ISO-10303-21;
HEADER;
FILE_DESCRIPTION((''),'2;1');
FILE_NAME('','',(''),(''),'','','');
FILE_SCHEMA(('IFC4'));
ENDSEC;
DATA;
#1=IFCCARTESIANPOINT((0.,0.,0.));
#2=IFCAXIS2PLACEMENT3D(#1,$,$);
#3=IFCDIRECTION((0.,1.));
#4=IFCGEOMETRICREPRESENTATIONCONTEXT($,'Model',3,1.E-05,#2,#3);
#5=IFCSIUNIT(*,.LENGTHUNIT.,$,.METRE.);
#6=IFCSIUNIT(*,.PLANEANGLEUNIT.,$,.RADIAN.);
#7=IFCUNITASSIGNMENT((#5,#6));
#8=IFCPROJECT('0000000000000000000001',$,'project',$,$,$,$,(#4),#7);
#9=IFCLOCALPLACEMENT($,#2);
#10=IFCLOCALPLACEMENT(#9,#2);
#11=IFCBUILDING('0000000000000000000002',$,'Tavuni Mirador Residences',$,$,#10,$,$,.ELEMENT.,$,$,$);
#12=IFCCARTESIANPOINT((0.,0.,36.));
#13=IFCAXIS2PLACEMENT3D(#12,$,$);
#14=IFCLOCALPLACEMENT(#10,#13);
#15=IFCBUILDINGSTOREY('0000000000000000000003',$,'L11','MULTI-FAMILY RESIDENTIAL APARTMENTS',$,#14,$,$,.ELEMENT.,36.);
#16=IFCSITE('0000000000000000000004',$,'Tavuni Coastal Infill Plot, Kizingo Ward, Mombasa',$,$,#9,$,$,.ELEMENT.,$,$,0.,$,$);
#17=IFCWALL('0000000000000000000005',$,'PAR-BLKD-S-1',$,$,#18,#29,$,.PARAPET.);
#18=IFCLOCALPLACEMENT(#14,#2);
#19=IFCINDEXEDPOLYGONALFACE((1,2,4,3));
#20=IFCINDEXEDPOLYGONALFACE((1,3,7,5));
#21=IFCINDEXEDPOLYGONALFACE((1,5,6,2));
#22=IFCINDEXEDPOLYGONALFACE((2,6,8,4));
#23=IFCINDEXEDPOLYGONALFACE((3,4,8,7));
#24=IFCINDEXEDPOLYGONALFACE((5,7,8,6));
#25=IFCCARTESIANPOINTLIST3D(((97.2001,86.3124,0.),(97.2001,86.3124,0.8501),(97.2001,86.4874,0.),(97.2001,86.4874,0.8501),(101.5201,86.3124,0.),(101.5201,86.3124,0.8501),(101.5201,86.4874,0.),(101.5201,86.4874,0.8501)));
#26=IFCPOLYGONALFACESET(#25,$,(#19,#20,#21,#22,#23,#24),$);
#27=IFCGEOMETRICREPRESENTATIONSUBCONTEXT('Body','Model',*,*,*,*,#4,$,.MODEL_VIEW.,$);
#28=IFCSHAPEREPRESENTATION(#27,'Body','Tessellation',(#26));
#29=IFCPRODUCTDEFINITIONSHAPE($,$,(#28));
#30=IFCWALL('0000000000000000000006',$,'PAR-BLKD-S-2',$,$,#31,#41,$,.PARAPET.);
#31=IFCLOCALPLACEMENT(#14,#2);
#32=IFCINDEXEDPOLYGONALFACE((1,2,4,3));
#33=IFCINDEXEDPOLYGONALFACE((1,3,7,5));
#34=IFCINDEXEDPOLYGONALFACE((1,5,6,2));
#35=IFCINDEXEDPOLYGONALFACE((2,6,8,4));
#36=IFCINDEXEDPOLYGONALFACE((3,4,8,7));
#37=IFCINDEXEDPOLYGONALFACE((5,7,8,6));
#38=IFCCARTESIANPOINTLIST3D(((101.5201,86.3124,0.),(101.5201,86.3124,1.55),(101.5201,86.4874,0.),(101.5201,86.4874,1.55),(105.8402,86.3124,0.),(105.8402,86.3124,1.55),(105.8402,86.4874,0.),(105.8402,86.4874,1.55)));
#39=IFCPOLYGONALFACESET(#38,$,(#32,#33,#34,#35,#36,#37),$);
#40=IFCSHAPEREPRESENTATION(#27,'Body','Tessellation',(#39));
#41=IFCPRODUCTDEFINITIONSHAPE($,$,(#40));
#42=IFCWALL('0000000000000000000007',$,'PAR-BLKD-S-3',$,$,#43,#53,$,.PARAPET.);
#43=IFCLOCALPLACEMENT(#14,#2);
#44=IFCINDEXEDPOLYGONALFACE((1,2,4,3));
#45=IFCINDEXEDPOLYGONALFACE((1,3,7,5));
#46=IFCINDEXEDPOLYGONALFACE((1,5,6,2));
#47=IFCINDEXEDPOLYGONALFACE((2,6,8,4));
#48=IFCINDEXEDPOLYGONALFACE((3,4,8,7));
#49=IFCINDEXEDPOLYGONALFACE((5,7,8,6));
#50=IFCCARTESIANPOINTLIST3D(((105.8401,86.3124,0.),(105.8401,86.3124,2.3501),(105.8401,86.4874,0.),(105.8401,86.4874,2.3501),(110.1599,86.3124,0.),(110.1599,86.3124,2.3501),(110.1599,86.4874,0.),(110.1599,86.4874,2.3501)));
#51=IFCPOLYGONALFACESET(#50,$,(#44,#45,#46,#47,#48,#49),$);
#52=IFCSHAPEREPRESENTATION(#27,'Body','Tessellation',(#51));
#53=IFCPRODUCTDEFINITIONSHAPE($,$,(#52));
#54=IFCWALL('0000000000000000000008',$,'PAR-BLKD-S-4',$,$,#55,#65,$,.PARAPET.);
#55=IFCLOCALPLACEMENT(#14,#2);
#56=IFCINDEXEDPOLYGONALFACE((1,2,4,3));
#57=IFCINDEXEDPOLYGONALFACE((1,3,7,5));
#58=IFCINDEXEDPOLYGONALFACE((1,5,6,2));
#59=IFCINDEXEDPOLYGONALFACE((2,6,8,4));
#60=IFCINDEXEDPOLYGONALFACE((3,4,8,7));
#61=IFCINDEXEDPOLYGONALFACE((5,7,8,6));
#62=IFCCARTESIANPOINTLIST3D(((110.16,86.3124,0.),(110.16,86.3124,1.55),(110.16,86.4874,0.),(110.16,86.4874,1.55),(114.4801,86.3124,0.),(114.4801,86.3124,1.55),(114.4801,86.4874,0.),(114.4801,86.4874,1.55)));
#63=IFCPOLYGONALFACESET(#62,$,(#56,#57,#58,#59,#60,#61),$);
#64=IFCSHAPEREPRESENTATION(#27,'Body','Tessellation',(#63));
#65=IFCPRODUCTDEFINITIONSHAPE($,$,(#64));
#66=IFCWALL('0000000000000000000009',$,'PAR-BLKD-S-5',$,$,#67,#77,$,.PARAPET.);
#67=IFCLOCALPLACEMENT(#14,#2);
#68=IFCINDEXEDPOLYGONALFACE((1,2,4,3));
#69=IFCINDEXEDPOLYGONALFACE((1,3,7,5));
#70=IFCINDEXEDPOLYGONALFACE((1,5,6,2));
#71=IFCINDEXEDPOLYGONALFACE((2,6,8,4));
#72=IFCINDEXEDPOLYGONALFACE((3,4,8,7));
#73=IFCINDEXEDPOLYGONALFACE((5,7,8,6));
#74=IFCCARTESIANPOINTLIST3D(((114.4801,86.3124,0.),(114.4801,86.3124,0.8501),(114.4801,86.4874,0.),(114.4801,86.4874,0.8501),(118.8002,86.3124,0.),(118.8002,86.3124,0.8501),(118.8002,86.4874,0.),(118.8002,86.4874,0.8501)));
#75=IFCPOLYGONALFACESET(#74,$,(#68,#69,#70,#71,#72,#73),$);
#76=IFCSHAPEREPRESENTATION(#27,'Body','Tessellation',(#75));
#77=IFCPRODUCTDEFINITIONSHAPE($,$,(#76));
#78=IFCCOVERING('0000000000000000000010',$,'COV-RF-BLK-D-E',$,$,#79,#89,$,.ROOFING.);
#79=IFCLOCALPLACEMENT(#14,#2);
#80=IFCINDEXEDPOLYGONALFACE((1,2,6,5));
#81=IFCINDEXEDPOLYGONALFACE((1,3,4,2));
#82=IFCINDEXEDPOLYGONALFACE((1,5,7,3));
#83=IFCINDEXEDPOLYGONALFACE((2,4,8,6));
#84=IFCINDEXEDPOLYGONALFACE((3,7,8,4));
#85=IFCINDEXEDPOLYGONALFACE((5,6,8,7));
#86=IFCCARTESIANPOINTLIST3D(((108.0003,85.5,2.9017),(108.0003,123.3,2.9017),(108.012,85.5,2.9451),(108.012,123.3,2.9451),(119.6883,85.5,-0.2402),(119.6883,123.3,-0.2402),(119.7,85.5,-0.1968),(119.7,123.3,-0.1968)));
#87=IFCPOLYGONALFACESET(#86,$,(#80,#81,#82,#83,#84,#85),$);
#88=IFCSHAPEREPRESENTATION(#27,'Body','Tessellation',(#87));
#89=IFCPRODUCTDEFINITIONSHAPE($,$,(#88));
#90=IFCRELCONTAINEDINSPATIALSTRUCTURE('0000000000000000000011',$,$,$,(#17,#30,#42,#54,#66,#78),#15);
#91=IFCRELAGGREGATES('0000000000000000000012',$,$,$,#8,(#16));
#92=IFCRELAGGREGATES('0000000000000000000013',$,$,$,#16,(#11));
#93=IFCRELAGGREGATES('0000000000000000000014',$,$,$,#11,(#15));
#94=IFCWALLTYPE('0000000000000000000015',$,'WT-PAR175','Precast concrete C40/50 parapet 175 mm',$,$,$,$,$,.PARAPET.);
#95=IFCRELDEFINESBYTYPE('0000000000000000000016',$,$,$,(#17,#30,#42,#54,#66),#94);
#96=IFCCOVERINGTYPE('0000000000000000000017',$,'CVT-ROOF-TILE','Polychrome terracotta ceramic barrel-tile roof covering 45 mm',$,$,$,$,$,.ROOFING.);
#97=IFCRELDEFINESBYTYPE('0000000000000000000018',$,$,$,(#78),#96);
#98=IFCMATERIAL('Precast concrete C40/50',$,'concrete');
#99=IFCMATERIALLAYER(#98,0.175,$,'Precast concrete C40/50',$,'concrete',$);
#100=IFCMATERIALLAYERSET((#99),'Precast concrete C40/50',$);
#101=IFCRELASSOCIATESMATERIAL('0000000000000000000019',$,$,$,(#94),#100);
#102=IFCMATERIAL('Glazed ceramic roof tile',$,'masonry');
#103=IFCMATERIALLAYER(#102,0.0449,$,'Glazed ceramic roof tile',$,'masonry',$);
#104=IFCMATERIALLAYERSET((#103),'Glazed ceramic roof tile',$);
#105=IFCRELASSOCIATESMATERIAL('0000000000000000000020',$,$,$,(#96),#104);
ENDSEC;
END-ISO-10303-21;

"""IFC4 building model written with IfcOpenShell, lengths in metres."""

from ifc_helpers import new_model, si_unit, direction, frame, frame_2d, origin, place, context, subcontext, project, spatial, polyline, rectangle, outline, extrude, material, layer, layer_set, type_object, element, save


model = new_model("IFC4")

# Units and contexts
model_context = context("Model", 3, precision=1e-05, world=origin(), true_north=direction((0.0, 1.0)))
body_context = subcontext(model_context, "Body", "Model", "MODEL_VIEW")
ifc_project = project(units=[si_unit("LENGTHUNIT", "METRE"), si_unit("PLANEANGLEUNIT", "RADIAN")], contexts=[model_context])

# Site, building, storey
site_placement = place(None, origin())
site = spatial("IfcSite", under=ifc_project, at=site_placement, Name="Tavuni Coastal Infill Plot, Kizingo Ward, Mombasa", CompositionType="ELEMENT", RefElevation=0.0)
building_placement = place(site_placement, origin())
building = spatial("IfcBuilding", under=site, at=building_placement, Name="Tavuni Mirador Residences", CompositionType="ELEMENT")
storey_placement = place(building_placement, frame((0.0, 0.0, 36.0)))
storey = spatial("IfcBuildingStorey", under=building, at=storey_placement, Name="L11", Description="MULTI-FAMILY RESIDENTIAL APARTMENTS", CompositionType="ELEMENT", Elevation=36.0)

# Shared definitions
ifc_material_1 = material(Name="Precast concrete C40/50", Category="concrete")

# Walls
ifc_layer_1 = layer(ifc_material_1, 0.175, Name="Precast concrete C40/50", Category="concrete")
ifc_layer_set_1 = layer_set([ifc_layer_1], Name="Precast concrete C40/50")
wall_type = type_object("IfcWallType", Name="WT-PAR175", Description="Precast concrete C40/50 parapet 175 mm", PredefinedType="PARAPET", material=ifc_layer_set_1)
wall_1_placement = place(storey_placement, frame((97.2, 86.3999, 0.0), z_axis=(0.0, 0.0, 1.0), x_axis=(1.0, 0.0, 0.0)))
element("IfcWall", 1, at=wall_1_placement, inside=storey, type_object=wall_type, Name="PAR-BLKD-S-1", PredefinedType="PARAPET", context=body_context, shape_type="SweptSolid", body=[
    extrude(rectangle(XDim=4.3201, YDim=0.175, at=frame_2d((2.1602, 0.0))), origin(), (0.0, 0.0, 1.0), 0.8501),
])
wall_2_placement = place(storey_placement, frame((101.52, 86.3999, 0.0), z_axis=(0.0, 0.0, 1.0), x_axis=(1.0, 0.0, 0.0)))
element("IfcWall", 2, at=wall_2_placement, inside=storey, type_object=wall_type, Name="PAR-BLKD-S-2", PredefinedType="PARAPET", context=body_context, shape_type="SweptSolid", body=[
    extrude(rectangle(XDim=4.3201, YDim=0.175, at=frame_2d((2.1602, 0.0))), origin(), (0.0, 0.0, 1.0), 1.55),
])
wall_3_placement = place(storey_placement, frame((105.8401, 86.3999, 0.0), z_axis=(0.0, 0.0, 1.0), x_axis=(1.0, 0.0, 0.0)))
element("IfcWall", 3, at=wall_3_placement, inside=storey, type_object=wall_type, Name="PAR-BLKD-S-3", PredefinedType="PARAPET", context=body_context, shape_type="SweptSolid", body=[
    extrude(rectangle(XDim=4.3198, YDim=0.175, at=frame_2d((2.1599, 0.0))), origin(), (0.0, 0.0, 1.0), 2.3501),
])
wall_4_placement = place(storey_placement, frame((110.1599, 86.3999, 0.0), z_axis=(0.0, 0.0, 1.0), x_axis=(1.0, 0.0, 0.0)))
element("IfcWall", 4, at=wall_4_placement, inside=storey, type_object=wall_type, Name="PAR-BLKD-S-4", PredefinedType="PARAPET", context=body_context, shape_type="SweptSolid", body=[
    extrude(rectangle(XDim=4.3201, YDim=0.175, at=frame_2d((2.1602, 0.0))), origin(), (0.0, 0.0, 1.0), 1.55),
])
wall_5_placement = place(storey_placement, frame((114.48, 86.3999, 0.0), z_axis=(0.0, 0.0, 1.0), x_axis=(1.0, 0.0, 0.0)))
element("IfcWall", 5, at=wall_5_placement, inside=storey, type_object=wall_type, Name="PAR-BLKD-S-5", PredefinedType="PARAPET", context=body_context, shape_type="SweptSolid", body=[
    extrude(rectangle(XDim=4.3201, YDim=0.175, at=frame_2d((2.1602, 0.0))), origin(), (0.0, 0.0, 1.0), 0.8501),
])

# Covering
ifc_material_2 = material(Name="Glazed ceramic roof tile", Category="masonry")
ifc_layer_2 = layer(ifc_material_2, 0.0449, Name="Glazed ceramic roof tile", Category="masonry")
ifc_layer_set_2 = layer_set([ifc_layer_2], Name="Glazed ceramic roof tile")
covering_type = type_object("IfcCoveringType", Name="CVT-ROOF-TILE", Description="Polychrome terracotta ceramic barrel-tile roof covering 45 mm", PredefinedType="ROOFING", material=ifc_layer_set_2)
covering_placement = place(storey_placement, frame((108.012, 85.5, 2.9451), z_axis=(0.259594, 0.0, 0.965718), x_axis=(0.965718, 0.0, -0.259594)))
element("IfcCovering", 6, at=covering_placement, inside=storey, type_object=covering_type, Name="COV-RF-BLK-D-E", PredefinedType="ROOFING", context=body_context, shape_type="SweptSolid", body=[
    extrude(outline(polyline([(0.0, 0.0), (12.1029, 0.0), (12.1029, 37.8), (0.0, 37.8), (0.0, 0.0)])), origin(), (0.0, 0.0, -1.0), 0.0449),
])

save(model, "model.ifc")
